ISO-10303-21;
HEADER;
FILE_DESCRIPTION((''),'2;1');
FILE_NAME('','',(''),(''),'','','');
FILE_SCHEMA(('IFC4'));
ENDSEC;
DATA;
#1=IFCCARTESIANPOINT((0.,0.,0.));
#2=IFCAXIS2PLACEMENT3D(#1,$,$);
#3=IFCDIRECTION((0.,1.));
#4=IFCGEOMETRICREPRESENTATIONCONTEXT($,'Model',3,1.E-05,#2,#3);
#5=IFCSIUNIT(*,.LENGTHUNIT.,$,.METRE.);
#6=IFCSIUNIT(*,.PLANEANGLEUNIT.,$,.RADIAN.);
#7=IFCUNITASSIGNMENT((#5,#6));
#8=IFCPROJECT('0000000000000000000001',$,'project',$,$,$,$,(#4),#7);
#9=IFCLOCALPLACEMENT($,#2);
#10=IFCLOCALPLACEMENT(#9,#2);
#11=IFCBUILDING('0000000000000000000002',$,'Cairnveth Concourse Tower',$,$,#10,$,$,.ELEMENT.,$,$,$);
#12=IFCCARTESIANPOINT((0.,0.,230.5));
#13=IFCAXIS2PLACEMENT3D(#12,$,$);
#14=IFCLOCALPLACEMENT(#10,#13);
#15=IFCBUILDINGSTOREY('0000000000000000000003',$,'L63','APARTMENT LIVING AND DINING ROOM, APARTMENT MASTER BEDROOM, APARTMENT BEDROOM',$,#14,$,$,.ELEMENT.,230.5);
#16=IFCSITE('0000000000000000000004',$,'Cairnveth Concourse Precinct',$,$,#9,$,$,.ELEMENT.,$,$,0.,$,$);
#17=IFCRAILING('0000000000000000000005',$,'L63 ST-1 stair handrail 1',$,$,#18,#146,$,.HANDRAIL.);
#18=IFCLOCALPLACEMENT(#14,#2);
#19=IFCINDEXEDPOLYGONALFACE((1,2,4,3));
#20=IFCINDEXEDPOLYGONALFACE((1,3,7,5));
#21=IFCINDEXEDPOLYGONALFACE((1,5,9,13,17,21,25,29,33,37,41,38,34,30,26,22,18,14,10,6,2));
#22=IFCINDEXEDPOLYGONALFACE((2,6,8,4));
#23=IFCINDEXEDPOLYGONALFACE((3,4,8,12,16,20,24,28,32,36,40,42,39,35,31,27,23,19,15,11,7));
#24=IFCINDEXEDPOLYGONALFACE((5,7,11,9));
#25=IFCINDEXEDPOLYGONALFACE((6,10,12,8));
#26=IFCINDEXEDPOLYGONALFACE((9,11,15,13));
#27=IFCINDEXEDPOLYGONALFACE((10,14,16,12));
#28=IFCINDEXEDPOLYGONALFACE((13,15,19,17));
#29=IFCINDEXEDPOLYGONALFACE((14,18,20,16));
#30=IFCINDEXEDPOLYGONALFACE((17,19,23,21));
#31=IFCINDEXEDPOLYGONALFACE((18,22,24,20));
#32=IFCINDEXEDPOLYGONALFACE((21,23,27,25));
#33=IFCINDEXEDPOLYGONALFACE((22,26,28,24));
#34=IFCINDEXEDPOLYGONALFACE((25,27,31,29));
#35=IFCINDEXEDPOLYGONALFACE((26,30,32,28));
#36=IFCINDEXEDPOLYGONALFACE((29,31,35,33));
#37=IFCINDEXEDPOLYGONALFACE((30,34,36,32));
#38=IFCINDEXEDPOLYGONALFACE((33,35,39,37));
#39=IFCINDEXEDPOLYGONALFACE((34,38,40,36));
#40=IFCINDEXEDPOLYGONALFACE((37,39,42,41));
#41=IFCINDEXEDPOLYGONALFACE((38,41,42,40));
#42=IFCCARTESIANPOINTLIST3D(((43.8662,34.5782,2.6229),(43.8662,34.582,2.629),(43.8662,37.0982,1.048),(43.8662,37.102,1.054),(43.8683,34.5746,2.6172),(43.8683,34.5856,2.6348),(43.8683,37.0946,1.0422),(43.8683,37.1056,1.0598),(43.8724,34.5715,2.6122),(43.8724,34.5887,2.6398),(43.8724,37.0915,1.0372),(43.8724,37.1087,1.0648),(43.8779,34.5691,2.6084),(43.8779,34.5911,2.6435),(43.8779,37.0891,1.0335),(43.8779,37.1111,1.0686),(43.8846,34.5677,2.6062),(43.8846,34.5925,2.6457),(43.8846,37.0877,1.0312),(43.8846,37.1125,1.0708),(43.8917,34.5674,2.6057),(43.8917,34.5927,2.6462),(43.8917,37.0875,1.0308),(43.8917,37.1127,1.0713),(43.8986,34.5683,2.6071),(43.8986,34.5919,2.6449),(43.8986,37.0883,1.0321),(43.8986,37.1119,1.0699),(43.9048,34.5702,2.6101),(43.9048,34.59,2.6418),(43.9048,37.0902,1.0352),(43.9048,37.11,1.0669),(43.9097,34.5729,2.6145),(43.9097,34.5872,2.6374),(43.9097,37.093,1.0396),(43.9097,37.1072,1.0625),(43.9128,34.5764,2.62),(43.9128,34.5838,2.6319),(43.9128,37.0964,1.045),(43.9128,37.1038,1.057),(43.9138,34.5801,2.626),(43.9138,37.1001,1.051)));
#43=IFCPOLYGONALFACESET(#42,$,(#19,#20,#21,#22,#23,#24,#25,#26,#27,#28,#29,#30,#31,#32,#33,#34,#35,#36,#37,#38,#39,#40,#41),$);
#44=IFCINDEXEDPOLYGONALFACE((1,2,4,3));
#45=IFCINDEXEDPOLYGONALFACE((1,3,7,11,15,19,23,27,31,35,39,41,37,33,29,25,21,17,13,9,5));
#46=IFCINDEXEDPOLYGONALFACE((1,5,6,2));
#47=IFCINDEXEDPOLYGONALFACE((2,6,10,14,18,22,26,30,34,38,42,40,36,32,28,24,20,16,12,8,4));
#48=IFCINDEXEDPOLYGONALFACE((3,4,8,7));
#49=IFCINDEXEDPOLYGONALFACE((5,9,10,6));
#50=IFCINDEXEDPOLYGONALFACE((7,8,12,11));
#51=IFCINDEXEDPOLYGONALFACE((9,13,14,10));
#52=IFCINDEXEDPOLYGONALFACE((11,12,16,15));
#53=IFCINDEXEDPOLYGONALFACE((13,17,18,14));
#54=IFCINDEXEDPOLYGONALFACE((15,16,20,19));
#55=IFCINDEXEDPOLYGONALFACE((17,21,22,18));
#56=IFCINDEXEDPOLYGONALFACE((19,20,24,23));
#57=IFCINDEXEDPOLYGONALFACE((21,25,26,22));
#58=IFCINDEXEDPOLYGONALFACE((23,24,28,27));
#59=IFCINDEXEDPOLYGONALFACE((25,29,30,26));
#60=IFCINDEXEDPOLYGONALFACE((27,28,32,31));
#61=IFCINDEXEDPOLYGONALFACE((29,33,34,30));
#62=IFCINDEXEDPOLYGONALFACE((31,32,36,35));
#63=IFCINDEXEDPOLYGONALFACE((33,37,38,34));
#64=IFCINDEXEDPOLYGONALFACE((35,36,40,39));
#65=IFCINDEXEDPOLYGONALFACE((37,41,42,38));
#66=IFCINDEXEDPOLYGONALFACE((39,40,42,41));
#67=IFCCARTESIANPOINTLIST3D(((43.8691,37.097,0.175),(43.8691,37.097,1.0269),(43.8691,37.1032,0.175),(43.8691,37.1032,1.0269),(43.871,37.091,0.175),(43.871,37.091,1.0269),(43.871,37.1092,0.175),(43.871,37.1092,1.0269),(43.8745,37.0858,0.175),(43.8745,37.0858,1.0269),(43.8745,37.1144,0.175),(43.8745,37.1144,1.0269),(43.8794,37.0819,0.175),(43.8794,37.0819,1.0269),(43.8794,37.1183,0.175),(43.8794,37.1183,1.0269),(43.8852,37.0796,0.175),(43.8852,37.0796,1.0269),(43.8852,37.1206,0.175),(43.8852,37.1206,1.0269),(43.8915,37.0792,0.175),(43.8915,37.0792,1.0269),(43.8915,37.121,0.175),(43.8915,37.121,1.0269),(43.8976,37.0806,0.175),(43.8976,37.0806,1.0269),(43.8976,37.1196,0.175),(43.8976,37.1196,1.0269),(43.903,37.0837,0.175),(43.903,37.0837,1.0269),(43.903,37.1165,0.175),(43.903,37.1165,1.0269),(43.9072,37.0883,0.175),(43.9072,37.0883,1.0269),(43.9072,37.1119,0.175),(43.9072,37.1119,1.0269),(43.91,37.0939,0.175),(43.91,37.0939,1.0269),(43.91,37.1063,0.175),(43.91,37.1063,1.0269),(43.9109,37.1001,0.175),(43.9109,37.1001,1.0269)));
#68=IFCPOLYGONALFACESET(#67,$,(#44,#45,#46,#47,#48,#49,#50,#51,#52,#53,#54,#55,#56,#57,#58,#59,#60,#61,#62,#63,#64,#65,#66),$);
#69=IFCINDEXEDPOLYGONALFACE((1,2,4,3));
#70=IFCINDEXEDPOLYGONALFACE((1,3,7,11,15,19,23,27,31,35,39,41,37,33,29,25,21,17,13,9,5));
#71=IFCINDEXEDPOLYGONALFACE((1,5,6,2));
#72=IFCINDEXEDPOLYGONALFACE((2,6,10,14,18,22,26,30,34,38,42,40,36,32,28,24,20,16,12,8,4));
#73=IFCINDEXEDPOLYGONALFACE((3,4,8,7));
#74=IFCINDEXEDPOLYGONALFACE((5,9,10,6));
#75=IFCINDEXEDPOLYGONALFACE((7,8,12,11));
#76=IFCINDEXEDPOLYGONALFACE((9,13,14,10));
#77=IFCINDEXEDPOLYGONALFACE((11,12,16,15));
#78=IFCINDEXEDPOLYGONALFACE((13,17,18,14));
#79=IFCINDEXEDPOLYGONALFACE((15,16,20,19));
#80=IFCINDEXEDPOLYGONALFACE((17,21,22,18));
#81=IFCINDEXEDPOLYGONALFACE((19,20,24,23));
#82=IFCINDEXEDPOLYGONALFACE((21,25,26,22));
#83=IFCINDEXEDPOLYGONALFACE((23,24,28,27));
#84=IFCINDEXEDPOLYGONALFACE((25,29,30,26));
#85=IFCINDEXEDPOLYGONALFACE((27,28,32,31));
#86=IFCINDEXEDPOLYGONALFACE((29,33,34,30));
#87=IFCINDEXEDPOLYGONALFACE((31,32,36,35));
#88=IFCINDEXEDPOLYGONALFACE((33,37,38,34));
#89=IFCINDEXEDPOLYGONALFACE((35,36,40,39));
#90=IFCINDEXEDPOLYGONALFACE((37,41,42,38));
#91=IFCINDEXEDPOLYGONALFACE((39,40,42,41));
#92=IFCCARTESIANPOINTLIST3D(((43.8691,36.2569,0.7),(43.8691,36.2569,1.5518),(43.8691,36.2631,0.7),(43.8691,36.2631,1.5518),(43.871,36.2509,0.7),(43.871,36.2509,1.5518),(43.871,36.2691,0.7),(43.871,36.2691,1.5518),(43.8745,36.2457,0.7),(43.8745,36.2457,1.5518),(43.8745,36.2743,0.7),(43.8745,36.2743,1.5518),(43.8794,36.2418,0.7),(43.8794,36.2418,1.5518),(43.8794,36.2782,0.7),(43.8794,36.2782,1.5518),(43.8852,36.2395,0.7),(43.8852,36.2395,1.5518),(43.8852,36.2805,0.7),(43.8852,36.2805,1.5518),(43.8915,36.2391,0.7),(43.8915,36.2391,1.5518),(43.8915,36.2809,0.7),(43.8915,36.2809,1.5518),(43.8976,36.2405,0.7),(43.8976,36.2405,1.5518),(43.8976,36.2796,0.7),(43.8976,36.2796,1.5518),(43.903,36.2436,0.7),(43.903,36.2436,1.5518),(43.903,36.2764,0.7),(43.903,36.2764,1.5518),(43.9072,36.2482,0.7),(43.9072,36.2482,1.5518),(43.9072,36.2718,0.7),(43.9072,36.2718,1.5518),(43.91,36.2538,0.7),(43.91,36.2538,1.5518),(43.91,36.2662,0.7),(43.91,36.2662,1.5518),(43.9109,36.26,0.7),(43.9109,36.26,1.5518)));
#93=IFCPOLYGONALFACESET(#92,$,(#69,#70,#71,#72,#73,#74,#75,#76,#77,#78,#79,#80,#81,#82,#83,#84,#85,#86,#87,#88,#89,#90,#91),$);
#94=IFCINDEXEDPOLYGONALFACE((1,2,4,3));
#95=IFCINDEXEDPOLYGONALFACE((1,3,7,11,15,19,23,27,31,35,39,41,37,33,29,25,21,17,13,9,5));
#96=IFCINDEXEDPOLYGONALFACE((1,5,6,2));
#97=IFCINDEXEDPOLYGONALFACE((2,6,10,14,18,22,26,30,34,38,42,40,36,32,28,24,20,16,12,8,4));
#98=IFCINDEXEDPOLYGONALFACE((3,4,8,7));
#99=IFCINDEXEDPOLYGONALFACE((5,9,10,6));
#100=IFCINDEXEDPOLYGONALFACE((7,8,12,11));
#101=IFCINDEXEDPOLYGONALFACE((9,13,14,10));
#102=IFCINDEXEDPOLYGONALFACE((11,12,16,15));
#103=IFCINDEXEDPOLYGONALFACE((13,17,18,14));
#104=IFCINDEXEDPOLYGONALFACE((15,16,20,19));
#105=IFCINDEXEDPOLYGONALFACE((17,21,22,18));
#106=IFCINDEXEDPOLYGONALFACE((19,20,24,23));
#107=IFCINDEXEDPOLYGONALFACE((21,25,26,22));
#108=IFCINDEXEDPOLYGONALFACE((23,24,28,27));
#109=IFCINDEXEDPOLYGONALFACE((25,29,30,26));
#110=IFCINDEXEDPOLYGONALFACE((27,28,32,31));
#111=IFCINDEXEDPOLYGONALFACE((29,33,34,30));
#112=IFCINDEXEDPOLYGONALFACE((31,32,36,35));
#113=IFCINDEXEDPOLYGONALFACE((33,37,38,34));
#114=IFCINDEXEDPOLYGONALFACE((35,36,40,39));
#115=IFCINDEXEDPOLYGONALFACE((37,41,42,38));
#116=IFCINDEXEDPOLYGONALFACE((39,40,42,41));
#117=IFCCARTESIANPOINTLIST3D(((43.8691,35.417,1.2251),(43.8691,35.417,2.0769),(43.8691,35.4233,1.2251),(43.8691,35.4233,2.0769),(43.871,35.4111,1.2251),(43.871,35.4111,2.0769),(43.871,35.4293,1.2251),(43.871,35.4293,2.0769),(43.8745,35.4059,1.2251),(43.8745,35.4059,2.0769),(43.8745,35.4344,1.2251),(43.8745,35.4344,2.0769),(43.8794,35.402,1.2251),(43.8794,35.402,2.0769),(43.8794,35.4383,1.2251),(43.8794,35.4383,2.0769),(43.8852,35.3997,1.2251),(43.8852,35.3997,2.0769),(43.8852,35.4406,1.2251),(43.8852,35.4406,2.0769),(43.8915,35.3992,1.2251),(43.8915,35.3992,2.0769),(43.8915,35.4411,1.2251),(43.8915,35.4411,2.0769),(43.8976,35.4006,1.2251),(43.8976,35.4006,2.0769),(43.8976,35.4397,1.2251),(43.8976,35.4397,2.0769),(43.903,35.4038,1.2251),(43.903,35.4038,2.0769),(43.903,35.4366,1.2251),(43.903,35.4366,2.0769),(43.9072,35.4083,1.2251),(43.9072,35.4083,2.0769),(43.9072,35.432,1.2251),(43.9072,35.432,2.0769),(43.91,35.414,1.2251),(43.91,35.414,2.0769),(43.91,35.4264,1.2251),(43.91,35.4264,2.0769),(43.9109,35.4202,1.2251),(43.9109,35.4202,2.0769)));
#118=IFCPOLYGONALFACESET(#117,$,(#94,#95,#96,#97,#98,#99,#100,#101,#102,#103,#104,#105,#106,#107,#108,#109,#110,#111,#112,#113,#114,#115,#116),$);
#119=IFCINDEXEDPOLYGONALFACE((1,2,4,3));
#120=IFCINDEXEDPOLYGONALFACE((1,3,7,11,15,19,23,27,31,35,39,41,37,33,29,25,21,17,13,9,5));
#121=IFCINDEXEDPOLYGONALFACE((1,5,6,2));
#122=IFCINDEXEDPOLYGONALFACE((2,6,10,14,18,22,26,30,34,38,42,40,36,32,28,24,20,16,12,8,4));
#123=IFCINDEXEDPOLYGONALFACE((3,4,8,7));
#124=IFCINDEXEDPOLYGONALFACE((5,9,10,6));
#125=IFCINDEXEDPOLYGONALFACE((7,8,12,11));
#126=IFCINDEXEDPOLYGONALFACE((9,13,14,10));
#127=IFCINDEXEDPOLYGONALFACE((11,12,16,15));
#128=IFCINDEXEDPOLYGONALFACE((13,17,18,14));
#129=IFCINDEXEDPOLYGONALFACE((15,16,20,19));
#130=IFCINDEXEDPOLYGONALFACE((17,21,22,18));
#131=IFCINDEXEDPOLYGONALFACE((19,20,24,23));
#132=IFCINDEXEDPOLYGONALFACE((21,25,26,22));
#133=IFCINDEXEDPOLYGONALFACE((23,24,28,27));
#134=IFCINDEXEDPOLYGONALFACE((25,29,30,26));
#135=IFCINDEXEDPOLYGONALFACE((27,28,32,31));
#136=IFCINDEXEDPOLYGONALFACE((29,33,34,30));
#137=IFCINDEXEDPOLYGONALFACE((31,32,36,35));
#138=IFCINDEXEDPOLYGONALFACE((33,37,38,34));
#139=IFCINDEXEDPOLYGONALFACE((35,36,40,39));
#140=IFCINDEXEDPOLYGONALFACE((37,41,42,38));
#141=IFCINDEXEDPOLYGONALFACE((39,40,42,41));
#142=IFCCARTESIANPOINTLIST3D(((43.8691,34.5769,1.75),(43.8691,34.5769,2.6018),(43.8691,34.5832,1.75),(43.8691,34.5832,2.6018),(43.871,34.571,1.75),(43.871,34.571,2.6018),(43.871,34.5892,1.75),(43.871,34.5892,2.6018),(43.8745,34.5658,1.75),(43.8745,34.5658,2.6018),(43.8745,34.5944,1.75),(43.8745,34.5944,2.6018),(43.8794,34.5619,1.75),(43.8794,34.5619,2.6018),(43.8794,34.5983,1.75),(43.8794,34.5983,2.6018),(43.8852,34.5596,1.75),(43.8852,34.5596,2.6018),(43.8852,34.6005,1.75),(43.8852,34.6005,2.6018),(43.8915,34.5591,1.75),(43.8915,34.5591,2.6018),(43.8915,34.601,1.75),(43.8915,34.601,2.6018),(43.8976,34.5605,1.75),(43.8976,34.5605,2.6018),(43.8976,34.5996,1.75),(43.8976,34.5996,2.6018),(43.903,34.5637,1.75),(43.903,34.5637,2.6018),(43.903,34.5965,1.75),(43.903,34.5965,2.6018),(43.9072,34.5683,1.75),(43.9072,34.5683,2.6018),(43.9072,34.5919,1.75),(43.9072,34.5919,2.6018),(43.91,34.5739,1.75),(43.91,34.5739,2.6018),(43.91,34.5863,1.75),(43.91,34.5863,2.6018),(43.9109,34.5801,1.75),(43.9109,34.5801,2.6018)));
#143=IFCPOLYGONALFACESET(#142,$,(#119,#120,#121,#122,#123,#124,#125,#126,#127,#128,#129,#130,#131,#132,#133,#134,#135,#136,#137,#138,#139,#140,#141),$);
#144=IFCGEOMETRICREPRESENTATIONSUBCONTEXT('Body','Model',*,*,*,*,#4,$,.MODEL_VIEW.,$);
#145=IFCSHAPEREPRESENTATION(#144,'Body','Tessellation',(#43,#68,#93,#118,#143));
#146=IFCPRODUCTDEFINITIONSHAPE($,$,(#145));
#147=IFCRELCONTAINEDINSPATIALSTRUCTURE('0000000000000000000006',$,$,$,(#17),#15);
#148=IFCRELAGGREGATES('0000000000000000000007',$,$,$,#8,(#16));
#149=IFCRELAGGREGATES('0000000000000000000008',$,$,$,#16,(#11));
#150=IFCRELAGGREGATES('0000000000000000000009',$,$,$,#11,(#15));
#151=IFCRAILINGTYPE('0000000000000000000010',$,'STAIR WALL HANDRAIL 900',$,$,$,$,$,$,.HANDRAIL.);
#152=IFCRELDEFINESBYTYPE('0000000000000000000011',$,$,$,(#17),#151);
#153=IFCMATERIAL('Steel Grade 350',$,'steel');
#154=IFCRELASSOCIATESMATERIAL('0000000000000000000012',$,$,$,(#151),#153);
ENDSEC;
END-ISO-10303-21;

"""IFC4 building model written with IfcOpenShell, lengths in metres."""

from ifc_helpers import new_model, si_unit, direction, frame, origin, origin_2d, place, context, subcontext, project, spatial, circle, extrude, material, type_object, element, save


model = new_model("IFC4")

# Units and contexts
model_context = context("Model", 3, precision=1e-05, world=origin(), true_north=direction((0.0, 1.0)))
body_context = subcontext(model_context, "Body", "Model", "MODEL_VIEW")
ifc_project = project(units=[si_unit("LENGTHUNIT", "METRE"), si_unit("PLANEANGLEUNIT", "RADIAN")], contexts=[model_context])

# Site, building, storey
site_placement = place(None, origin())
site = spatial("IfcSite", under=ifc_project, at=site_placement, Name="Cairnveth Concourse Precinct", CompositionType="ELEMENT", RefElevation=0.0)
building_placement = place(site_placement, origin())
building = spatial("IfcBuilding", under=site, at=building_placement, Name="Cairnveth Concourse Tower", CompositionType="ELEMENT")
storey_placement = place(building_placement, frame((0.0, 0.0, 230.5)))
storey = spatial("IfcBuildingStorey", under=building, at=storey_placement, Name="L63", Description="APARTMENT LIVING AND DINING ROOM, APARTMENT MASTER BEDROOM, APARTMENT BEDROOM", CompositionType="ELEMENT", Elevation=230.5)

# Shared definitions
ifc_material_1 = material(Name="Steel Grade 350", Category="steel")

# Railing
railing_type_1 = type_object("IfcRailingType", Name="STAIR WALL HANDRAIL 900", PredefinedType="HANDRAIL", material=ifc_material_1)
railing_1_placement = place(storey_placement, frame((43.8899, 37.1001, 0.175)))
element("IfcRailing", 1, at=railing_1_placement, inside=storey, type_object=railing_type_1, Name="L63 ST-1 stair handrail 1", PredefinedType="HANDRAIL", context=body_context, shape_type="SweptSolid", body=[
    extrude(circle(Radius=0.0239, at=origin_2d()), frame((0.0, 0.0, 0.876), z_axis=(0.0, -0.848008, 0.529984), x_axis=(1.0, 0.0, 0.0)), (0.0, 0.0, 1.0), 2.9717),
    extrude(circle(Radius=0.021, at=origin_2d()), origin(), (0.0, 0.0, 1.0), 0.8518),
    extrude(circle(Radius=0.021, at=origin_2d()), frame((0.0, -0.8401, 0.5249)), (0.0, 0.0, 1.0), 0.8518),
    extrude(circle(Radius=0.021, at=origin_2d()), frame((0.0, -1.6799, 1.05)), (0.0, 0.0, 1.0), 0.8518),
    extrude(circle(Radius=0.021, at=origin_2d()), frame((0.0, -2.52, 1.575)), (0.0, 0.0, 1.0), 0.8518),
])

save(model, "model.ifc")
